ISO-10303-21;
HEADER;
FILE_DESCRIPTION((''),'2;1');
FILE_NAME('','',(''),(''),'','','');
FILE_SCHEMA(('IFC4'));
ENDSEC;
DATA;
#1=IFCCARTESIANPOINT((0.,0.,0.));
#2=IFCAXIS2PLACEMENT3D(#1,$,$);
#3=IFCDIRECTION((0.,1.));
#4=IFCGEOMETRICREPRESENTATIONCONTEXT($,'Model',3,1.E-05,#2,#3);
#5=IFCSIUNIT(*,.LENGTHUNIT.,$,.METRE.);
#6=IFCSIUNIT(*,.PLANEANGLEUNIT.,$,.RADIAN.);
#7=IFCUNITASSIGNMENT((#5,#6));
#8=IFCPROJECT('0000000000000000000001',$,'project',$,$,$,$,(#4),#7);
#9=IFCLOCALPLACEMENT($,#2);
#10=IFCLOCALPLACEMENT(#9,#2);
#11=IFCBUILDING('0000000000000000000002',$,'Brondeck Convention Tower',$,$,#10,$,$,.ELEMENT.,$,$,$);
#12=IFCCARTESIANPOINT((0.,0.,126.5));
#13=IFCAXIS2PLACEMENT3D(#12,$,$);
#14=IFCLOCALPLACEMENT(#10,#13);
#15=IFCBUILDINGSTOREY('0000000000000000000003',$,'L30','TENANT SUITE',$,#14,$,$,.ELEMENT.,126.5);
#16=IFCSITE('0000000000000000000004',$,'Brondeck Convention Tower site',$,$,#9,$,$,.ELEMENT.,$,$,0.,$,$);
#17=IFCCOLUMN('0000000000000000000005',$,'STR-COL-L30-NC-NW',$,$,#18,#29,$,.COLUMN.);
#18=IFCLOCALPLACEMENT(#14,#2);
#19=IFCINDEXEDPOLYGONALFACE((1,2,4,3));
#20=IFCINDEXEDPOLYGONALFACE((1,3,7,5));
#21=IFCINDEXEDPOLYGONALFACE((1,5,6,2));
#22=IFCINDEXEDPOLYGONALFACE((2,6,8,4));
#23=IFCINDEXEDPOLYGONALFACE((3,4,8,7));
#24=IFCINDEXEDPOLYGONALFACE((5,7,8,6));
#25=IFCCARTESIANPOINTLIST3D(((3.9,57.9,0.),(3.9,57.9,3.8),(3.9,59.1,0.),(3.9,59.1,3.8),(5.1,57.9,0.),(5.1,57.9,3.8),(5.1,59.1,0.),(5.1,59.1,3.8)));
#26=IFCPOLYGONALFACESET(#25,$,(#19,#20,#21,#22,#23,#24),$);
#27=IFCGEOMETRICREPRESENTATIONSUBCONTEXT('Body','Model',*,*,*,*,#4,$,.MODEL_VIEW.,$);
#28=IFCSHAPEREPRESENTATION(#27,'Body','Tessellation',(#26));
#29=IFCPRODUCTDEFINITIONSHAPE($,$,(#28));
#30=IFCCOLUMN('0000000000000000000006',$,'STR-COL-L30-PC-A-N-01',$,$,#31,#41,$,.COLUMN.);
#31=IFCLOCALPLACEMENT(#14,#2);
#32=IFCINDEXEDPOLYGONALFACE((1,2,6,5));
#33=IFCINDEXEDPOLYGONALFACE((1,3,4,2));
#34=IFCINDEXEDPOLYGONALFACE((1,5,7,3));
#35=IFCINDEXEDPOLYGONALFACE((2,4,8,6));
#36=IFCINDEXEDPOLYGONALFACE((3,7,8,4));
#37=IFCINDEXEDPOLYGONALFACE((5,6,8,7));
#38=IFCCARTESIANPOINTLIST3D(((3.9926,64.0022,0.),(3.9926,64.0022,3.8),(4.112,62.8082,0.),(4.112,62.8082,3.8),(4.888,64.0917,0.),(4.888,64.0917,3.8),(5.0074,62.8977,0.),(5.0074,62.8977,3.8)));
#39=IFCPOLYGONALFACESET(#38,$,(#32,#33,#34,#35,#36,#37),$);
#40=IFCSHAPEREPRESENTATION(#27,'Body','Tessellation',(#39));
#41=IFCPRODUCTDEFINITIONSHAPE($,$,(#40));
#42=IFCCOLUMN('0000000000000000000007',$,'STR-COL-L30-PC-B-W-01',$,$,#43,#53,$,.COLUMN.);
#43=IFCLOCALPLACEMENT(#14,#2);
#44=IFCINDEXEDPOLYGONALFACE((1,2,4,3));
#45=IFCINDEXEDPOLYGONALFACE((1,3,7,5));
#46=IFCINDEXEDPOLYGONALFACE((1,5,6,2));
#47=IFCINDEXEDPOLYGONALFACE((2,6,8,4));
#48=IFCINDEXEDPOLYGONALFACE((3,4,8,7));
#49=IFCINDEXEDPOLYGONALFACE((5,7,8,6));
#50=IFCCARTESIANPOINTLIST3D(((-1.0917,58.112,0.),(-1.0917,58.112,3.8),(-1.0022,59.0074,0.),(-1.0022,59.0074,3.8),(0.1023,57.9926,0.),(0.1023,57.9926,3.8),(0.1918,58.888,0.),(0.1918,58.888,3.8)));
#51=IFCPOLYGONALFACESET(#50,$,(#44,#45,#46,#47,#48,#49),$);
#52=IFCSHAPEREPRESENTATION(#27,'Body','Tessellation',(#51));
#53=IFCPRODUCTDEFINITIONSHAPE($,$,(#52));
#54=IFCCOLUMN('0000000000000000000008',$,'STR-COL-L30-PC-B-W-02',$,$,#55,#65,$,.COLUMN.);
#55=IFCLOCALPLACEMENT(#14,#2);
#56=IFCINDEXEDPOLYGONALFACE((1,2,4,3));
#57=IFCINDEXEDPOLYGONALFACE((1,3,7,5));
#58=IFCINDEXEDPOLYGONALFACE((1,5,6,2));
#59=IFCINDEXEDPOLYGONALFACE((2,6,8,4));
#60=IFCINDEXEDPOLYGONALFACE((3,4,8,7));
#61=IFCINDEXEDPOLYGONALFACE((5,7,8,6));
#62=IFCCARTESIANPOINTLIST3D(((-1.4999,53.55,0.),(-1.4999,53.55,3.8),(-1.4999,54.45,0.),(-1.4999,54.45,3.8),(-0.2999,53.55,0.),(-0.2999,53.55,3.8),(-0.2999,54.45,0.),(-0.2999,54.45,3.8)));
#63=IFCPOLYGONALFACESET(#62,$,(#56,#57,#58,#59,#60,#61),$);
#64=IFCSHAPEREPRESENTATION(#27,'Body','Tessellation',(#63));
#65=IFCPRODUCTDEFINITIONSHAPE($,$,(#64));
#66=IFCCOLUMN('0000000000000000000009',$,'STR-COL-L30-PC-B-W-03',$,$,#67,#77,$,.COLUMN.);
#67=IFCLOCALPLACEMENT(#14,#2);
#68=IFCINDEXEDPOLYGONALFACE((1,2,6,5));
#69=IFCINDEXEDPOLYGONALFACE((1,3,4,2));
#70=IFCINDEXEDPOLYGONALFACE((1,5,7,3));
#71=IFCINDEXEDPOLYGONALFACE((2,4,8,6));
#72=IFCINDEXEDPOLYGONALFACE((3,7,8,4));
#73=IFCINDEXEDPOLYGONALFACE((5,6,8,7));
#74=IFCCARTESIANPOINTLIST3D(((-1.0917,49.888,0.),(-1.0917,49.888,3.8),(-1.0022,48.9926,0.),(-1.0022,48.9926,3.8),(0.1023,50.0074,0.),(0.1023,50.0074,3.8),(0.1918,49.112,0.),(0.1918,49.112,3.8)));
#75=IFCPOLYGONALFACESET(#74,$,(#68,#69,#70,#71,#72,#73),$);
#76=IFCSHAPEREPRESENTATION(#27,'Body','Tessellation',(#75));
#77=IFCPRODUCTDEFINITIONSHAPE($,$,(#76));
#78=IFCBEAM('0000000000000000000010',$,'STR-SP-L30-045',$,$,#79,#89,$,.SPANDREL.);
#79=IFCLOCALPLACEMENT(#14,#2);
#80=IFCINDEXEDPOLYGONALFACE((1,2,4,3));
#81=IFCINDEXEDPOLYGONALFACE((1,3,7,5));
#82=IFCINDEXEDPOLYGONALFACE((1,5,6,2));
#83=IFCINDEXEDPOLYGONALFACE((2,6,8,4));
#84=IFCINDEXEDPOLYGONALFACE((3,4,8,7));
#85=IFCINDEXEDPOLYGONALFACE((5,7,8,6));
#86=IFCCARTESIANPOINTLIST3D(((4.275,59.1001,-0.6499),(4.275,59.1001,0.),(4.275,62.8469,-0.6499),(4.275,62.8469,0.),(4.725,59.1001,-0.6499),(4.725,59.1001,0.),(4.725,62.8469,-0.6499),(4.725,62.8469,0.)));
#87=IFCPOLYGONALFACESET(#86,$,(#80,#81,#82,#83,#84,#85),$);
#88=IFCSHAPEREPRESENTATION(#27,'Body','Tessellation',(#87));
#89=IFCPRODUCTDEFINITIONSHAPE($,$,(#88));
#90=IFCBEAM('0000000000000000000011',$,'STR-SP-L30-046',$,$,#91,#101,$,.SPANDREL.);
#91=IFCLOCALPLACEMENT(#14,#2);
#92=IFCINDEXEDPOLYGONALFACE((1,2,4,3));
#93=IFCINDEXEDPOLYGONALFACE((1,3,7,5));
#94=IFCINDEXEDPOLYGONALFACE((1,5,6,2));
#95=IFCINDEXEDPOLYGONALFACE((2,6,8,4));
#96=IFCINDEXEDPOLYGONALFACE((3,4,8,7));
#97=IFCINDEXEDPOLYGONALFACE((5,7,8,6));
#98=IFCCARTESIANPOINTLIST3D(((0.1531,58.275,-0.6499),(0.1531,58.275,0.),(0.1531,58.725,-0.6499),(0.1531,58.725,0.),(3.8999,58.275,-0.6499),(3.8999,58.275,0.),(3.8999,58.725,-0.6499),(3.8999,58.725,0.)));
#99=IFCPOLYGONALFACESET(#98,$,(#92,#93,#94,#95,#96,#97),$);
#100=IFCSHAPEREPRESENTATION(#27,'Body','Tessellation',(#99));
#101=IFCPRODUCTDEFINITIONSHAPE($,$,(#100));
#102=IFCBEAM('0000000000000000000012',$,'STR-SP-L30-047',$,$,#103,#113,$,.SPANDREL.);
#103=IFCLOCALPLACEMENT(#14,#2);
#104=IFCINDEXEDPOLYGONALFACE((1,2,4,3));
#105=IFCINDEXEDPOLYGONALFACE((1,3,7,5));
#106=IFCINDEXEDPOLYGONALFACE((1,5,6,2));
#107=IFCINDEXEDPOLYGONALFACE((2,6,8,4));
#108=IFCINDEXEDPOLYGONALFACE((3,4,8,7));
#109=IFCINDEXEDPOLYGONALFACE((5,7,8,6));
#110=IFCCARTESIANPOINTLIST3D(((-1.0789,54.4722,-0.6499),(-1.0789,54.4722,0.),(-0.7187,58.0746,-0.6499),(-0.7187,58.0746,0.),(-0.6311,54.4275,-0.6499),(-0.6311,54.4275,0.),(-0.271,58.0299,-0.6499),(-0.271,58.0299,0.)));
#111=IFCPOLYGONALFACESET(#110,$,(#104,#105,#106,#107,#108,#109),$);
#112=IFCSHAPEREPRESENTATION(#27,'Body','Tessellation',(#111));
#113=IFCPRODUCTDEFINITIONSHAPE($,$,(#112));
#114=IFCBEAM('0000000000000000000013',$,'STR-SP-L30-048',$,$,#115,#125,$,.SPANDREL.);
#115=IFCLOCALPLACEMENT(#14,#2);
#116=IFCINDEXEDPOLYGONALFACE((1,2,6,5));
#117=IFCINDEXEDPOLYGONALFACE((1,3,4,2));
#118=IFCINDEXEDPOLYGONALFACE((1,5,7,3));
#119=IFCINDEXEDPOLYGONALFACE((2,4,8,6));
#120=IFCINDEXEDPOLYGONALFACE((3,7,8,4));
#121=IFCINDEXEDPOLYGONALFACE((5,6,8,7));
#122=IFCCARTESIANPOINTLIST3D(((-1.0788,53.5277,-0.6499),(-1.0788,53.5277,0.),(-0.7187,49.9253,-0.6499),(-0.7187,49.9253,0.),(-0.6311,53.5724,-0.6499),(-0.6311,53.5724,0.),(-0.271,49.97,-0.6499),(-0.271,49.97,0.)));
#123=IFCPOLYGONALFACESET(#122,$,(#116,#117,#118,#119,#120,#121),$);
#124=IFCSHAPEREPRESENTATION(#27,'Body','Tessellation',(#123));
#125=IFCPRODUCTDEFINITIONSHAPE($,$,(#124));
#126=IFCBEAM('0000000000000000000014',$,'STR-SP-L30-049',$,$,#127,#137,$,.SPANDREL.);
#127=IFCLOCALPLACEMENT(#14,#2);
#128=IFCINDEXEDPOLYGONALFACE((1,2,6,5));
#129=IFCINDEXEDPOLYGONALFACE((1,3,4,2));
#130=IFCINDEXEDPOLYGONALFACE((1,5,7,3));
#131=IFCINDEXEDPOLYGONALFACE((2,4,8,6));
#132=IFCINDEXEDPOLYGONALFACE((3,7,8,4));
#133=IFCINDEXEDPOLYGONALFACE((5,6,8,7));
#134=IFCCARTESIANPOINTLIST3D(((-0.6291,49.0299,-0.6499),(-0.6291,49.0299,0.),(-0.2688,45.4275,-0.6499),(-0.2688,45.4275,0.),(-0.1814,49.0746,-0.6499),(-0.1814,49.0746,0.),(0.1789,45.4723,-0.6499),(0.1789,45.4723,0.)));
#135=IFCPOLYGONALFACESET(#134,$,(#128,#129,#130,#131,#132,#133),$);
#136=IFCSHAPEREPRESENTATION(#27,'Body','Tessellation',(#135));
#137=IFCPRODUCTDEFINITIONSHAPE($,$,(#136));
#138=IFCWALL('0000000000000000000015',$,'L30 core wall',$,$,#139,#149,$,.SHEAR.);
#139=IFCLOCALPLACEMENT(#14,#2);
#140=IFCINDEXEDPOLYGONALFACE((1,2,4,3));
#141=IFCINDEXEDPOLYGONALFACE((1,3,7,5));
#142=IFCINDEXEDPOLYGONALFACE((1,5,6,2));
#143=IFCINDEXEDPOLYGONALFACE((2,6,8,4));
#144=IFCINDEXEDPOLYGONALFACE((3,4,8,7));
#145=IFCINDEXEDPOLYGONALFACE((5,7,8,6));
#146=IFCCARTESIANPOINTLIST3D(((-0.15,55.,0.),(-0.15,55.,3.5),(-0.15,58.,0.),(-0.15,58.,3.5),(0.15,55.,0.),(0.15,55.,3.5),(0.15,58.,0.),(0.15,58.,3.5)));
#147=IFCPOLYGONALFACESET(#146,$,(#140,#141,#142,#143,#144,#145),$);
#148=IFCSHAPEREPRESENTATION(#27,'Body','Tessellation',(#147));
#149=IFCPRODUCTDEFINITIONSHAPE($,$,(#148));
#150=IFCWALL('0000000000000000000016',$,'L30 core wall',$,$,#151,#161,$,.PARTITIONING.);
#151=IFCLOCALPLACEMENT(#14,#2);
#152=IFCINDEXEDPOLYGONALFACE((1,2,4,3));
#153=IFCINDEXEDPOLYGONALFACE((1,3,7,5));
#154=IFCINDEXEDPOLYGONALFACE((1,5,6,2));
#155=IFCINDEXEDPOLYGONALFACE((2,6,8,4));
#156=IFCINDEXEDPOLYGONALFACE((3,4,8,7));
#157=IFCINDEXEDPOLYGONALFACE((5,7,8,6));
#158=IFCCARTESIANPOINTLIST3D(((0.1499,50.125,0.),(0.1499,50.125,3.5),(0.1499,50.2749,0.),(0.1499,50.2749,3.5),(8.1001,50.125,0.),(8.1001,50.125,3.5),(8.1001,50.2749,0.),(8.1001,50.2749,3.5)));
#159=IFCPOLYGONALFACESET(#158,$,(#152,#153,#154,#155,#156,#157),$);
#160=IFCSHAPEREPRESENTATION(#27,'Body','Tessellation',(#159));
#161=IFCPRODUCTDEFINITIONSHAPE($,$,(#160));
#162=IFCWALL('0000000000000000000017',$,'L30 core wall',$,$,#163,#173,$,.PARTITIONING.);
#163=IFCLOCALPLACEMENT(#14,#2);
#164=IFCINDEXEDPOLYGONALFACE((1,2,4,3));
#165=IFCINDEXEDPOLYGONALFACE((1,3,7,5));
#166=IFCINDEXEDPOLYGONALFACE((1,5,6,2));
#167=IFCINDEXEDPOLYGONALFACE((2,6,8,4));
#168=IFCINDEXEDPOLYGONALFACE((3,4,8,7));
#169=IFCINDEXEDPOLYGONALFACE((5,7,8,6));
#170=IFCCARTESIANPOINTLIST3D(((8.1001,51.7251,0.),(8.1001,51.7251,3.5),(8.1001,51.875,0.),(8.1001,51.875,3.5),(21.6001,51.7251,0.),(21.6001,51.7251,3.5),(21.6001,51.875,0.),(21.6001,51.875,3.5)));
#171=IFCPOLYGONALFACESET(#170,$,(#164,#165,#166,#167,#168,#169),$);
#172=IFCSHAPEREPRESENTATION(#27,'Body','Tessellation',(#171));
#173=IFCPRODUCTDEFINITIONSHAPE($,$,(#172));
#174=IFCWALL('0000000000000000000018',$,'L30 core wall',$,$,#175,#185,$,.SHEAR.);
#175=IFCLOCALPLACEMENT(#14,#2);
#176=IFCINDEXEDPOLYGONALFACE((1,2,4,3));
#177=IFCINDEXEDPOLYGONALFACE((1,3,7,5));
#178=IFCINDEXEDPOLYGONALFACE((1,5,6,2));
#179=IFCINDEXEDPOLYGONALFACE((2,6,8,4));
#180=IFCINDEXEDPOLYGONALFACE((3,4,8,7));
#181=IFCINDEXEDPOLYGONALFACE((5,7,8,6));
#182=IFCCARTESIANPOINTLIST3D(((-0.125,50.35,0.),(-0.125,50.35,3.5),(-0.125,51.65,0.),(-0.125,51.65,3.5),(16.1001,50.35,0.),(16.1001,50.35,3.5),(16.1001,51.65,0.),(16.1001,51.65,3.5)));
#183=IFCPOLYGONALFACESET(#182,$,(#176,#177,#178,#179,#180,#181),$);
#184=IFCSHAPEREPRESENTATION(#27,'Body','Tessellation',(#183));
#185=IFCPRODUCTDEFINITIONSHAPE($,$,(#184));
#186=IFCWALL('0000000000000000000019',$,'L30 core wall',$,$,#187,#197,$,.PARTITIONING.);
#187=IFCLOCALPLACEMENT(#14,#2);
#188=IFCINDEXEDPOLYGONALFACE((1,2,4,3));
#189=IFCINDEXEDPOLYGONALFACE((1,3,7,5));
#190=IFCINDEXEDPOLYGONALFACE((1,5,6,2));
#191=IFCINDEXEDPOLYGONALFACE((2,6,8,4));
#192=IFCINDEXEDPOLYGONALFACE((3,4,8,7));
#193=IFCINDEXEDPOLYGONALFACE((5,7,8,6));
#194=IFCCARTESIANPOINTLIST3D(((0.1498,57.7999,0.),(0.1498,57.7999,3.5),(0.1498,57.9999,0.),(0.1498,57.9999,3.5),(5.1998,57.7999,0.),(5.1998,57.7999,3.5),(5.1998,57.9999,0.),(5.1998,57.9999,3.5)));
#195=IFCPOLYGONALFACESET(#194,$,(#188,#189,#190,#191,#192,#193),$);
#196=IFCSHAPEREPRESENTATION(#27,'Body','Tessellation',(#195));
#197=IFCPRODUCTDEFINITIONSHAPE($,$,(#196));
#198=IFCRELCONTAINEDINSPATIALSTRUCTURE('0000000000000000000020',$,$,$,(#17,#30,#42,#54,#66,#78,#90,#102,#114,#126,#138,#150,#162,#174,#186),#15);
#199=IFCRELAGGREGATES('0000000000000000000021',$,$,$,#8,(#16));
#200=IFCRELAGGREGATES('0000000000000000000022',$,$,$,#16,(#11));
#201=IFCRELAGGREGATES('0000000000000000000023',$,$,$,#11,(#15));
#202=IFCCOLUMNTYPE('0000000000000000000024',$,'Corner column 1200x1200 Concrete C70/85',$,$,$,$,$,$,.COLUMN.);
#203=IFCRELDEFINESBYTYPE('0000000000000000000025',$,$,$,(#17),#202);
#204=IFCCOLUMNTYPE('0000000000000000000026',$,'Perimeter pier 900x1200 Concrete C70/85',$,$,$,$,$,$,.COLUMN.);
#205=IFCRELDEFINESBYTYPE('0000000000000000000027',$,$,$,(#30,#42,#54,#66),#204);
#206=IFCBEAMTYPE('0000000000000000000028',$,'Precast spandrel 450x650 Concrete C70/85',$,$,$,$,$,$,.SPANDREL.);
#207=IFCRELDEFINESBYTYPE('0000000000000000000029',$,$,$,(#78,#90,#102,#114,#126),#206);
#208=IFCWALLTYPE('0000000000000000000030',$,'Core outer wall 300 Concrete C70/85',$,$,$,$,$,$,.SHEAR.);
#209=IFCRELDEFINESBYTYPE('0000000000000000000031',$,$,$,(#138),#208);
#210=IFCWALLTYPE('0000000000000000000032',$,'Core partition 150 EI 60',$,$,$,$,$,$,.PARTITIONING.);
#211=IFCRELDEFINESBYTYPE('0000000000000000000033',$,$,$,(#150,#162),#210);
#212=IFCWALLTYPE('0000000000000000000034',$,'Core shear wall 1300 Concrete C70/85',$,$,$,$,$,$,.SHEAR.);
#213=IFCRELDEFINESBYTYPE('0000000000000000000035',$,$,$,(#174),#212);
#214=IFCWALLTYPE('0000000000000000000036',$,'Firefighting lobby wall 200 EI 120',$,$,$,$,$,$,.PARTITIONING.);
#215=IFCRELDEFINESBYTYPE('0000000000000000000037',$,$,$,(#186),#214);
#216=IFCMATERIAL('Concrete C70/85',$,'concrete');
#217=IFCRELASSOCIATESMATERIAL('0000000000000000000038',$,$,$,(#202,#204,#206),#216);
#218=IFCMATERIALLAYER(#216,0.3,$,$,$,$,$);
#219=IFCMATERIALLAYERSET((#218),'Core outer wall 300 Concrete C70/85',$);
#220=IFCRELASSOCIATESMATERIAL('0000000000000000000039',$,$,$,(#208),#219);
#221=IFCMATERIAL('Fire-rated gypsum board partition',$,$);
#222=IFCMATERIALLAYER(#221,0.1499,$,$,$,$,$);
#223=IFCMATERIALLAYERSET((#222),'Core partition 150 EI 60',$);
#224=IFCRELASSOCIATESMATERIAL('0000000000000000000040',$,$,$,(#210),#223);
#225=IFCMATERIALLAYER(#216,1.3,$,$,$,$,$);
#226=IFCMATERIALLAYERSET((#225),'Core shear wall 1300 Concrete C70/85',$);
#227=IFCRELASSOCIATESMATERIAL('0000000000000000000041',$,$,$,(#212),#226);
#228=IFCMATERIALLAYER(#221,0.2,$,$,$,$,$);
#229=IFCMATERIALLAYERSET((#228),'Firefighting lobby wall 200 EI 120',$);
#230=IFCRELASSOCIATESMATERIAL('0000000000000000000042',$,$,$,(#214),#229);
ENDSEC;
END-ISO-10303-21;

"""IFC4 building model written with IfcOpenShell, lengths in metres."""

from ifc_helpers import new_model, si_unit, direction, frame, frame_2d, origin, origin_2d, place, context, subcontext, project, spatial, rectangle, extrude, material, layer, layer_set, material_profile, profile_set, type_object, element, save


model = new_model("IFC4")

# Units and contexts
model_context = context("Model", 3, precision=1e-05, world=origin(), true_north=direction((0.0, 1.0)))
body_context = subcontext(model_context, "Body", "Model", "MODEL_VIEW")
ifc_project = project(units=[si_unit("LENGTHUNIT", "METRE"), si_unit("PLANEANGLEUNIT", "RADIAN")], contexts=[model_context])

# Site, building, storey
site_placement = place(None, origin())
site = spatial("IfcSite", under=ifc_project, at=site_placement, Name="Brondeck Convention Tower site", CompositionType="ELEMENT", RefElevation=0.0)
building_placement = place(site_placement, origin())
building = spatial("IfcBuilding", under=site, at=building_placement, Name="Brondeck Convention Tower", CompositionType="ELEMENT")
storey_placement = place(building_placement, frame((0.0, 0.0, 126.5)))
storey = spatial("IfcBuildingStorey", under=building, at=storey_placement, Name="L30", Description="TENANT SUITE", CompositionType="ELEMENT", Elevation=126.5)

# Columns
ifc_material_1 = material(Name="Concrete C70/85", Category="concrete")
ifc_material_profile_1 = material_profile(ifc_material_1, rectangle(XDim=1.2, YDim=1.2, at=origin_2d()), Name="Corner column 1200x1200 Concrete C70/85")
ifc_profile_set_1 = profile_set([ifc_material_profile_1], Name="Concrete C70/85")
column_type_1 = type_object("IfcColumnType", Name="Corner column 1200x1200 Concrete C70/85", PredefinedType="COLUMN", material=ifc_profile_set_1)
column_placement = place(storey_placement, frame((4.5, 58.5, 0.0), z_axis=(0.0, 0.0, 1.0), x_axis=(1.0, 0.0, 0.0)))
element("IfcColumn", 1, at=column_placement, inside=storey, type_object=column_type_1, Name="STR-COL-L30-NC-NW", PredefinedType="COLUMN", context=body_context, shape_type="SweptSolid", body=[
    extrude(rectangle(XDim=1.2, YDim=1.2, at=origin_2d()), origin(), (0.0, 0.0, 1.0), 3.8),
])
ifc_material_profile_2 = material_profile(ifc_material_1, rectangle(XDim=0.8999, YDim=1.2, at=origin_2d()), Name="Perimeter pier 900x1200 Concrete C70/85")
ifc_profile_set_2 = profile_set([ifc_material_profile_2], Name="Concrete C70/85")
column_type_2 = type_object("IfcColumnType", Name="Perimeter pier 900x1200 Concrete C70/85", PredefinedType="COLUMN", material=ifc_profile_set_2)
for number, where, z_axis, x_axis, name in (
    (2, (4.5, 63.45, 0.0), (0.0, 0.0, 1.0), (-0.995037, -0.099504, 0.0), "STR-COL-L30-PC-A-N-01"),
    (3, (-0.45, 58.5, 0.0), (0.0, 0.0, 1.0), (-0.099504, -0.995037, 0.0), "STR-COL-L30-PC-B-W-01"),
    (4, (-0.8999, 54.0, 0.0), (0.0, 0.0, 1.0), (0.0, -1.0, 0.0), "STR-COL-L30-PC-B-W-02"),
    (5, (-0.45, 49.5, 0.0), (0.0, 0.0, 1.0), (0.099504, -0.995037, 0.0), "STR-COL-L30-PC-B-W-03"),
):
    element("IfcColumn", number, at=place(storey_placement, frame(where, z_axis=z_axis, x_axis=x_axis)), inside=storey, type_object=column_type_2, Name=name, PredefinedType="COLUMN", context=body_context, shape_type="SweptSolid", body=[
        extrude(rectangle(XDim=0.8999, YDim=1.2, at=origin_2d()), origin(), (0.0, 0.0, 1.0), 3.8),
    ])

# Beams
ifc_material_profile_3 = material_profile(ifc_material_1, rectangle(XDim=0.45, YDim=0.6499, at=origin_2d()), Name="Precast spandrel 450x650 Concrete C70/85")
ifc_profile_set_3 = profile_set([ifc_material_profile_3], Name="Concrete C70/85")
beam_type = type_object("IfcBeamType", Name="Precast spandrel 450x650 Concrete C70/85", PredefinedType="SPANDREL", material=ifc_profile_set_3)
for number, where, z_axis, x_axis, name in (
    (6, (4.5, 62.8469, -0.325), (0.0, -1.0, 0.0), (1.0, 0.0, 0.0), "STR-SP-L30-045"),
    (7, (3.8999, 58.5, -0.325), (-1.0, 0.0, 0.0), (0.0, -1.0, 0.0), "STR-SP-L30-046"),
):
    element("IfcBeam", number, at=place(storey_placement, frame(where, z_axis=z_axis, x_axis=x_axis)), inside=storey, type_object=beam_type, Name=name, PredefinedType="SPANDREL", context=body_context, shape_type="SweptSolid", body=[
        extrude(rectangle(XDim=0.45, YDim=0.6499, at=origin_2d()), origin(), (0.0, 0.0, 1.0), 3.7468),
    ])
for number, where, z_axis, x_axis, name in (
    (8, (-0.4949, 58.0522, -0.325), (-0.09947, -0.995041, 0.0), (0.995041, -0.09947, 0.0), "STR-SP-L30-047"),
    (9, (-0.855, 53.55, -0.325), (0.09947, -0.995041, 0.0), (0.995041, 0.09947, 0.0), "STR-SP-L30-048"),
    (10, (-0.4053, 49.0522, -0.325), (0.099537, -0.995034, 0.0), (0.995034, 0.099537, 0.0), "STR-SP-L30-049"),
):
    element("IfcBeam", number, at=place(storey_placement, frame(where, z_axis=z_axis, x_axis=x_axis)), inside=storey, type_object=beam_type, Name=name, PredefinedType="SPANDREL", context=body_context, shape_type="SweptSolid", body=[
        extrude(rectangle(XDim=0.45, YDim=0.6499, at=origin_2d()), origin(), (0.0, 0.0, 1.0), 3.6204),
    ])

# Walls
ifc_layer_1 = layer(ifc_material_1, 0.3)
ifc_layer_set_1 = layer_set([ifc_layer_1], Name="Core outer wall 300 Concrete C70/85")
wall_type_1 = type_object("IfcWallType", Name="Core outer wall 300 Concrete C70/85", PredefinedType="SHEAR", material=ifc_layer_set_1)
wall_1_placement = place(storey_placement, frame((0.0, 55.0, 0.0), z_axis=(0.0, 0.0, 1.0), x_axis=(0.0, 1.0, 0.0)))
element("IfcWall", 11, at=wall_1_placement, inside=storey, type_object=wall_type_1, Name="L30 core wall", PredefinedType="SHEAR", context=body_context, shape_type="SweptSolid", body=[
    extrude(rectangle(XDim=3.0, YDim=0.3, at=frame_2d((1.5, 0.0))), origin(), (0.0, 0.0, 1.0), 3.5),
])
ifc_material_2 = material(Name="Fire-rated gypsum board partition")
ifc_layer_2 = layer(ifc_material_2, 0.1499)
ifc_layer_set_2 = layer_set([ifc_layer_2], Name="Core partition 150 EI 60")
wall_type_2 = type_object("IfcWallType", Name="Core partition 150 EI 60", PredefinedType="PARTITIONING", material=ifc_layer_set_2)
wall_2_placement = place(storey_placement, frame((0.1499, 50.2, 0.0), z_axis=(0.0, 0.0, 1.0), x_axis=(1.0, 0.0, 0.0)))
element("IfcWall", 12, at=wall_2_placement, inside=storey, type_object=wall_type_2, Name="L30 core wall", PredefinedType="PARTITIONING", context=body_context, shape_type="SweptSolid", body=[
    extrude(rectangle(XDim=7.9502, YDim=0.1499, at=frame_2d((3.9751, 0.0))), origin(), (0.0, 0.0, 1.0), 3.5),
])
wall_3_placement = place(storey_placement, frame((8.1001, 51.8, 0.0), z_axis=(0.0, 0.0, 1.0), x_axis=(1.0, 0.0, 0.0)))
element("IfcWall", 13, at=wall_3_placement, inside=storey, type_object=wall_type_2, Name="L30 core wall", PredefinedType="PARTITIONING", context=body_context, shape_type="SweptSolid", body=[
    extrude(rectangle(XDim=13.5, YDim=0.1499, at=frame_2d((6.75, 0.0))), origin(), (0.0, 0.0, 1.0), 3.5),
])
ifc_layer_3 = layer(ifc_material_1, 1.3)
ifc_layer_set_3 = layer_set([ifc_layer_3], Name="Core shear wall 1300 Concrete C70/85")
wall_type_3 = type_object("IfcWallType", Name="Core shear wall 1300 Concrete C70/85", PredefinedType="SHEAR", material=ifc_layer_set_3)
wall_4_placement = place(storey_placement, frame((-0.125, 51.0, 0.0), z_axis=(0.0, 0.0, 1.0), x_axis=(1.0, 0.0, 0.0)))
element("IfcWall", 14, at=wall_4_placement, inside=storey, type_object=wall_type_3, Name="L30 core wall", PredefinedType="SHEAR", context=body_context, shape_type="SweptSolid", body=[
    extrude(rectangle(XDim=16.2251, YDim=1.3, at=frame_2d((8.1125, 0.0))), origin(), (0.0, 0.0, 1.0), 3.5),
])
ifc_layer_4 = layer(ifc_material_2, 0.2)
ifc_layer_set_4 = layer_set([ifc_layer_4], Name="Firefighting lobby wall 200 EI 120")
wall_type_4 = type_object("IfcWallType", Name="Firefighting lobby wall 200 EI 120", PredefinedType="PARTITIONING", material=ifc_layer_set_4)
wall_5_placement = place(storey_placement, frame((0.1499, 57.8999, 0.0), z_axis=(0.0, 0.0, 1.0), x_axis=(1.0, 0.0, 0.0)))
element("IfcWall", 15, at=wall_5_placement, inside=storey, type_object=wall_type_4, Name="L30 core wall", PredefinedType="PARTITIONING", context=body_context, shape_type="SweptSolid", body=[
    extrude(rectangle(XDim=5.05, YDim=0.2, at=frame_2d((2.5249, 0.0))), origin(), (0.0, 0.0, 1.0), 3.5),
])

save(model, "model.ifc")
